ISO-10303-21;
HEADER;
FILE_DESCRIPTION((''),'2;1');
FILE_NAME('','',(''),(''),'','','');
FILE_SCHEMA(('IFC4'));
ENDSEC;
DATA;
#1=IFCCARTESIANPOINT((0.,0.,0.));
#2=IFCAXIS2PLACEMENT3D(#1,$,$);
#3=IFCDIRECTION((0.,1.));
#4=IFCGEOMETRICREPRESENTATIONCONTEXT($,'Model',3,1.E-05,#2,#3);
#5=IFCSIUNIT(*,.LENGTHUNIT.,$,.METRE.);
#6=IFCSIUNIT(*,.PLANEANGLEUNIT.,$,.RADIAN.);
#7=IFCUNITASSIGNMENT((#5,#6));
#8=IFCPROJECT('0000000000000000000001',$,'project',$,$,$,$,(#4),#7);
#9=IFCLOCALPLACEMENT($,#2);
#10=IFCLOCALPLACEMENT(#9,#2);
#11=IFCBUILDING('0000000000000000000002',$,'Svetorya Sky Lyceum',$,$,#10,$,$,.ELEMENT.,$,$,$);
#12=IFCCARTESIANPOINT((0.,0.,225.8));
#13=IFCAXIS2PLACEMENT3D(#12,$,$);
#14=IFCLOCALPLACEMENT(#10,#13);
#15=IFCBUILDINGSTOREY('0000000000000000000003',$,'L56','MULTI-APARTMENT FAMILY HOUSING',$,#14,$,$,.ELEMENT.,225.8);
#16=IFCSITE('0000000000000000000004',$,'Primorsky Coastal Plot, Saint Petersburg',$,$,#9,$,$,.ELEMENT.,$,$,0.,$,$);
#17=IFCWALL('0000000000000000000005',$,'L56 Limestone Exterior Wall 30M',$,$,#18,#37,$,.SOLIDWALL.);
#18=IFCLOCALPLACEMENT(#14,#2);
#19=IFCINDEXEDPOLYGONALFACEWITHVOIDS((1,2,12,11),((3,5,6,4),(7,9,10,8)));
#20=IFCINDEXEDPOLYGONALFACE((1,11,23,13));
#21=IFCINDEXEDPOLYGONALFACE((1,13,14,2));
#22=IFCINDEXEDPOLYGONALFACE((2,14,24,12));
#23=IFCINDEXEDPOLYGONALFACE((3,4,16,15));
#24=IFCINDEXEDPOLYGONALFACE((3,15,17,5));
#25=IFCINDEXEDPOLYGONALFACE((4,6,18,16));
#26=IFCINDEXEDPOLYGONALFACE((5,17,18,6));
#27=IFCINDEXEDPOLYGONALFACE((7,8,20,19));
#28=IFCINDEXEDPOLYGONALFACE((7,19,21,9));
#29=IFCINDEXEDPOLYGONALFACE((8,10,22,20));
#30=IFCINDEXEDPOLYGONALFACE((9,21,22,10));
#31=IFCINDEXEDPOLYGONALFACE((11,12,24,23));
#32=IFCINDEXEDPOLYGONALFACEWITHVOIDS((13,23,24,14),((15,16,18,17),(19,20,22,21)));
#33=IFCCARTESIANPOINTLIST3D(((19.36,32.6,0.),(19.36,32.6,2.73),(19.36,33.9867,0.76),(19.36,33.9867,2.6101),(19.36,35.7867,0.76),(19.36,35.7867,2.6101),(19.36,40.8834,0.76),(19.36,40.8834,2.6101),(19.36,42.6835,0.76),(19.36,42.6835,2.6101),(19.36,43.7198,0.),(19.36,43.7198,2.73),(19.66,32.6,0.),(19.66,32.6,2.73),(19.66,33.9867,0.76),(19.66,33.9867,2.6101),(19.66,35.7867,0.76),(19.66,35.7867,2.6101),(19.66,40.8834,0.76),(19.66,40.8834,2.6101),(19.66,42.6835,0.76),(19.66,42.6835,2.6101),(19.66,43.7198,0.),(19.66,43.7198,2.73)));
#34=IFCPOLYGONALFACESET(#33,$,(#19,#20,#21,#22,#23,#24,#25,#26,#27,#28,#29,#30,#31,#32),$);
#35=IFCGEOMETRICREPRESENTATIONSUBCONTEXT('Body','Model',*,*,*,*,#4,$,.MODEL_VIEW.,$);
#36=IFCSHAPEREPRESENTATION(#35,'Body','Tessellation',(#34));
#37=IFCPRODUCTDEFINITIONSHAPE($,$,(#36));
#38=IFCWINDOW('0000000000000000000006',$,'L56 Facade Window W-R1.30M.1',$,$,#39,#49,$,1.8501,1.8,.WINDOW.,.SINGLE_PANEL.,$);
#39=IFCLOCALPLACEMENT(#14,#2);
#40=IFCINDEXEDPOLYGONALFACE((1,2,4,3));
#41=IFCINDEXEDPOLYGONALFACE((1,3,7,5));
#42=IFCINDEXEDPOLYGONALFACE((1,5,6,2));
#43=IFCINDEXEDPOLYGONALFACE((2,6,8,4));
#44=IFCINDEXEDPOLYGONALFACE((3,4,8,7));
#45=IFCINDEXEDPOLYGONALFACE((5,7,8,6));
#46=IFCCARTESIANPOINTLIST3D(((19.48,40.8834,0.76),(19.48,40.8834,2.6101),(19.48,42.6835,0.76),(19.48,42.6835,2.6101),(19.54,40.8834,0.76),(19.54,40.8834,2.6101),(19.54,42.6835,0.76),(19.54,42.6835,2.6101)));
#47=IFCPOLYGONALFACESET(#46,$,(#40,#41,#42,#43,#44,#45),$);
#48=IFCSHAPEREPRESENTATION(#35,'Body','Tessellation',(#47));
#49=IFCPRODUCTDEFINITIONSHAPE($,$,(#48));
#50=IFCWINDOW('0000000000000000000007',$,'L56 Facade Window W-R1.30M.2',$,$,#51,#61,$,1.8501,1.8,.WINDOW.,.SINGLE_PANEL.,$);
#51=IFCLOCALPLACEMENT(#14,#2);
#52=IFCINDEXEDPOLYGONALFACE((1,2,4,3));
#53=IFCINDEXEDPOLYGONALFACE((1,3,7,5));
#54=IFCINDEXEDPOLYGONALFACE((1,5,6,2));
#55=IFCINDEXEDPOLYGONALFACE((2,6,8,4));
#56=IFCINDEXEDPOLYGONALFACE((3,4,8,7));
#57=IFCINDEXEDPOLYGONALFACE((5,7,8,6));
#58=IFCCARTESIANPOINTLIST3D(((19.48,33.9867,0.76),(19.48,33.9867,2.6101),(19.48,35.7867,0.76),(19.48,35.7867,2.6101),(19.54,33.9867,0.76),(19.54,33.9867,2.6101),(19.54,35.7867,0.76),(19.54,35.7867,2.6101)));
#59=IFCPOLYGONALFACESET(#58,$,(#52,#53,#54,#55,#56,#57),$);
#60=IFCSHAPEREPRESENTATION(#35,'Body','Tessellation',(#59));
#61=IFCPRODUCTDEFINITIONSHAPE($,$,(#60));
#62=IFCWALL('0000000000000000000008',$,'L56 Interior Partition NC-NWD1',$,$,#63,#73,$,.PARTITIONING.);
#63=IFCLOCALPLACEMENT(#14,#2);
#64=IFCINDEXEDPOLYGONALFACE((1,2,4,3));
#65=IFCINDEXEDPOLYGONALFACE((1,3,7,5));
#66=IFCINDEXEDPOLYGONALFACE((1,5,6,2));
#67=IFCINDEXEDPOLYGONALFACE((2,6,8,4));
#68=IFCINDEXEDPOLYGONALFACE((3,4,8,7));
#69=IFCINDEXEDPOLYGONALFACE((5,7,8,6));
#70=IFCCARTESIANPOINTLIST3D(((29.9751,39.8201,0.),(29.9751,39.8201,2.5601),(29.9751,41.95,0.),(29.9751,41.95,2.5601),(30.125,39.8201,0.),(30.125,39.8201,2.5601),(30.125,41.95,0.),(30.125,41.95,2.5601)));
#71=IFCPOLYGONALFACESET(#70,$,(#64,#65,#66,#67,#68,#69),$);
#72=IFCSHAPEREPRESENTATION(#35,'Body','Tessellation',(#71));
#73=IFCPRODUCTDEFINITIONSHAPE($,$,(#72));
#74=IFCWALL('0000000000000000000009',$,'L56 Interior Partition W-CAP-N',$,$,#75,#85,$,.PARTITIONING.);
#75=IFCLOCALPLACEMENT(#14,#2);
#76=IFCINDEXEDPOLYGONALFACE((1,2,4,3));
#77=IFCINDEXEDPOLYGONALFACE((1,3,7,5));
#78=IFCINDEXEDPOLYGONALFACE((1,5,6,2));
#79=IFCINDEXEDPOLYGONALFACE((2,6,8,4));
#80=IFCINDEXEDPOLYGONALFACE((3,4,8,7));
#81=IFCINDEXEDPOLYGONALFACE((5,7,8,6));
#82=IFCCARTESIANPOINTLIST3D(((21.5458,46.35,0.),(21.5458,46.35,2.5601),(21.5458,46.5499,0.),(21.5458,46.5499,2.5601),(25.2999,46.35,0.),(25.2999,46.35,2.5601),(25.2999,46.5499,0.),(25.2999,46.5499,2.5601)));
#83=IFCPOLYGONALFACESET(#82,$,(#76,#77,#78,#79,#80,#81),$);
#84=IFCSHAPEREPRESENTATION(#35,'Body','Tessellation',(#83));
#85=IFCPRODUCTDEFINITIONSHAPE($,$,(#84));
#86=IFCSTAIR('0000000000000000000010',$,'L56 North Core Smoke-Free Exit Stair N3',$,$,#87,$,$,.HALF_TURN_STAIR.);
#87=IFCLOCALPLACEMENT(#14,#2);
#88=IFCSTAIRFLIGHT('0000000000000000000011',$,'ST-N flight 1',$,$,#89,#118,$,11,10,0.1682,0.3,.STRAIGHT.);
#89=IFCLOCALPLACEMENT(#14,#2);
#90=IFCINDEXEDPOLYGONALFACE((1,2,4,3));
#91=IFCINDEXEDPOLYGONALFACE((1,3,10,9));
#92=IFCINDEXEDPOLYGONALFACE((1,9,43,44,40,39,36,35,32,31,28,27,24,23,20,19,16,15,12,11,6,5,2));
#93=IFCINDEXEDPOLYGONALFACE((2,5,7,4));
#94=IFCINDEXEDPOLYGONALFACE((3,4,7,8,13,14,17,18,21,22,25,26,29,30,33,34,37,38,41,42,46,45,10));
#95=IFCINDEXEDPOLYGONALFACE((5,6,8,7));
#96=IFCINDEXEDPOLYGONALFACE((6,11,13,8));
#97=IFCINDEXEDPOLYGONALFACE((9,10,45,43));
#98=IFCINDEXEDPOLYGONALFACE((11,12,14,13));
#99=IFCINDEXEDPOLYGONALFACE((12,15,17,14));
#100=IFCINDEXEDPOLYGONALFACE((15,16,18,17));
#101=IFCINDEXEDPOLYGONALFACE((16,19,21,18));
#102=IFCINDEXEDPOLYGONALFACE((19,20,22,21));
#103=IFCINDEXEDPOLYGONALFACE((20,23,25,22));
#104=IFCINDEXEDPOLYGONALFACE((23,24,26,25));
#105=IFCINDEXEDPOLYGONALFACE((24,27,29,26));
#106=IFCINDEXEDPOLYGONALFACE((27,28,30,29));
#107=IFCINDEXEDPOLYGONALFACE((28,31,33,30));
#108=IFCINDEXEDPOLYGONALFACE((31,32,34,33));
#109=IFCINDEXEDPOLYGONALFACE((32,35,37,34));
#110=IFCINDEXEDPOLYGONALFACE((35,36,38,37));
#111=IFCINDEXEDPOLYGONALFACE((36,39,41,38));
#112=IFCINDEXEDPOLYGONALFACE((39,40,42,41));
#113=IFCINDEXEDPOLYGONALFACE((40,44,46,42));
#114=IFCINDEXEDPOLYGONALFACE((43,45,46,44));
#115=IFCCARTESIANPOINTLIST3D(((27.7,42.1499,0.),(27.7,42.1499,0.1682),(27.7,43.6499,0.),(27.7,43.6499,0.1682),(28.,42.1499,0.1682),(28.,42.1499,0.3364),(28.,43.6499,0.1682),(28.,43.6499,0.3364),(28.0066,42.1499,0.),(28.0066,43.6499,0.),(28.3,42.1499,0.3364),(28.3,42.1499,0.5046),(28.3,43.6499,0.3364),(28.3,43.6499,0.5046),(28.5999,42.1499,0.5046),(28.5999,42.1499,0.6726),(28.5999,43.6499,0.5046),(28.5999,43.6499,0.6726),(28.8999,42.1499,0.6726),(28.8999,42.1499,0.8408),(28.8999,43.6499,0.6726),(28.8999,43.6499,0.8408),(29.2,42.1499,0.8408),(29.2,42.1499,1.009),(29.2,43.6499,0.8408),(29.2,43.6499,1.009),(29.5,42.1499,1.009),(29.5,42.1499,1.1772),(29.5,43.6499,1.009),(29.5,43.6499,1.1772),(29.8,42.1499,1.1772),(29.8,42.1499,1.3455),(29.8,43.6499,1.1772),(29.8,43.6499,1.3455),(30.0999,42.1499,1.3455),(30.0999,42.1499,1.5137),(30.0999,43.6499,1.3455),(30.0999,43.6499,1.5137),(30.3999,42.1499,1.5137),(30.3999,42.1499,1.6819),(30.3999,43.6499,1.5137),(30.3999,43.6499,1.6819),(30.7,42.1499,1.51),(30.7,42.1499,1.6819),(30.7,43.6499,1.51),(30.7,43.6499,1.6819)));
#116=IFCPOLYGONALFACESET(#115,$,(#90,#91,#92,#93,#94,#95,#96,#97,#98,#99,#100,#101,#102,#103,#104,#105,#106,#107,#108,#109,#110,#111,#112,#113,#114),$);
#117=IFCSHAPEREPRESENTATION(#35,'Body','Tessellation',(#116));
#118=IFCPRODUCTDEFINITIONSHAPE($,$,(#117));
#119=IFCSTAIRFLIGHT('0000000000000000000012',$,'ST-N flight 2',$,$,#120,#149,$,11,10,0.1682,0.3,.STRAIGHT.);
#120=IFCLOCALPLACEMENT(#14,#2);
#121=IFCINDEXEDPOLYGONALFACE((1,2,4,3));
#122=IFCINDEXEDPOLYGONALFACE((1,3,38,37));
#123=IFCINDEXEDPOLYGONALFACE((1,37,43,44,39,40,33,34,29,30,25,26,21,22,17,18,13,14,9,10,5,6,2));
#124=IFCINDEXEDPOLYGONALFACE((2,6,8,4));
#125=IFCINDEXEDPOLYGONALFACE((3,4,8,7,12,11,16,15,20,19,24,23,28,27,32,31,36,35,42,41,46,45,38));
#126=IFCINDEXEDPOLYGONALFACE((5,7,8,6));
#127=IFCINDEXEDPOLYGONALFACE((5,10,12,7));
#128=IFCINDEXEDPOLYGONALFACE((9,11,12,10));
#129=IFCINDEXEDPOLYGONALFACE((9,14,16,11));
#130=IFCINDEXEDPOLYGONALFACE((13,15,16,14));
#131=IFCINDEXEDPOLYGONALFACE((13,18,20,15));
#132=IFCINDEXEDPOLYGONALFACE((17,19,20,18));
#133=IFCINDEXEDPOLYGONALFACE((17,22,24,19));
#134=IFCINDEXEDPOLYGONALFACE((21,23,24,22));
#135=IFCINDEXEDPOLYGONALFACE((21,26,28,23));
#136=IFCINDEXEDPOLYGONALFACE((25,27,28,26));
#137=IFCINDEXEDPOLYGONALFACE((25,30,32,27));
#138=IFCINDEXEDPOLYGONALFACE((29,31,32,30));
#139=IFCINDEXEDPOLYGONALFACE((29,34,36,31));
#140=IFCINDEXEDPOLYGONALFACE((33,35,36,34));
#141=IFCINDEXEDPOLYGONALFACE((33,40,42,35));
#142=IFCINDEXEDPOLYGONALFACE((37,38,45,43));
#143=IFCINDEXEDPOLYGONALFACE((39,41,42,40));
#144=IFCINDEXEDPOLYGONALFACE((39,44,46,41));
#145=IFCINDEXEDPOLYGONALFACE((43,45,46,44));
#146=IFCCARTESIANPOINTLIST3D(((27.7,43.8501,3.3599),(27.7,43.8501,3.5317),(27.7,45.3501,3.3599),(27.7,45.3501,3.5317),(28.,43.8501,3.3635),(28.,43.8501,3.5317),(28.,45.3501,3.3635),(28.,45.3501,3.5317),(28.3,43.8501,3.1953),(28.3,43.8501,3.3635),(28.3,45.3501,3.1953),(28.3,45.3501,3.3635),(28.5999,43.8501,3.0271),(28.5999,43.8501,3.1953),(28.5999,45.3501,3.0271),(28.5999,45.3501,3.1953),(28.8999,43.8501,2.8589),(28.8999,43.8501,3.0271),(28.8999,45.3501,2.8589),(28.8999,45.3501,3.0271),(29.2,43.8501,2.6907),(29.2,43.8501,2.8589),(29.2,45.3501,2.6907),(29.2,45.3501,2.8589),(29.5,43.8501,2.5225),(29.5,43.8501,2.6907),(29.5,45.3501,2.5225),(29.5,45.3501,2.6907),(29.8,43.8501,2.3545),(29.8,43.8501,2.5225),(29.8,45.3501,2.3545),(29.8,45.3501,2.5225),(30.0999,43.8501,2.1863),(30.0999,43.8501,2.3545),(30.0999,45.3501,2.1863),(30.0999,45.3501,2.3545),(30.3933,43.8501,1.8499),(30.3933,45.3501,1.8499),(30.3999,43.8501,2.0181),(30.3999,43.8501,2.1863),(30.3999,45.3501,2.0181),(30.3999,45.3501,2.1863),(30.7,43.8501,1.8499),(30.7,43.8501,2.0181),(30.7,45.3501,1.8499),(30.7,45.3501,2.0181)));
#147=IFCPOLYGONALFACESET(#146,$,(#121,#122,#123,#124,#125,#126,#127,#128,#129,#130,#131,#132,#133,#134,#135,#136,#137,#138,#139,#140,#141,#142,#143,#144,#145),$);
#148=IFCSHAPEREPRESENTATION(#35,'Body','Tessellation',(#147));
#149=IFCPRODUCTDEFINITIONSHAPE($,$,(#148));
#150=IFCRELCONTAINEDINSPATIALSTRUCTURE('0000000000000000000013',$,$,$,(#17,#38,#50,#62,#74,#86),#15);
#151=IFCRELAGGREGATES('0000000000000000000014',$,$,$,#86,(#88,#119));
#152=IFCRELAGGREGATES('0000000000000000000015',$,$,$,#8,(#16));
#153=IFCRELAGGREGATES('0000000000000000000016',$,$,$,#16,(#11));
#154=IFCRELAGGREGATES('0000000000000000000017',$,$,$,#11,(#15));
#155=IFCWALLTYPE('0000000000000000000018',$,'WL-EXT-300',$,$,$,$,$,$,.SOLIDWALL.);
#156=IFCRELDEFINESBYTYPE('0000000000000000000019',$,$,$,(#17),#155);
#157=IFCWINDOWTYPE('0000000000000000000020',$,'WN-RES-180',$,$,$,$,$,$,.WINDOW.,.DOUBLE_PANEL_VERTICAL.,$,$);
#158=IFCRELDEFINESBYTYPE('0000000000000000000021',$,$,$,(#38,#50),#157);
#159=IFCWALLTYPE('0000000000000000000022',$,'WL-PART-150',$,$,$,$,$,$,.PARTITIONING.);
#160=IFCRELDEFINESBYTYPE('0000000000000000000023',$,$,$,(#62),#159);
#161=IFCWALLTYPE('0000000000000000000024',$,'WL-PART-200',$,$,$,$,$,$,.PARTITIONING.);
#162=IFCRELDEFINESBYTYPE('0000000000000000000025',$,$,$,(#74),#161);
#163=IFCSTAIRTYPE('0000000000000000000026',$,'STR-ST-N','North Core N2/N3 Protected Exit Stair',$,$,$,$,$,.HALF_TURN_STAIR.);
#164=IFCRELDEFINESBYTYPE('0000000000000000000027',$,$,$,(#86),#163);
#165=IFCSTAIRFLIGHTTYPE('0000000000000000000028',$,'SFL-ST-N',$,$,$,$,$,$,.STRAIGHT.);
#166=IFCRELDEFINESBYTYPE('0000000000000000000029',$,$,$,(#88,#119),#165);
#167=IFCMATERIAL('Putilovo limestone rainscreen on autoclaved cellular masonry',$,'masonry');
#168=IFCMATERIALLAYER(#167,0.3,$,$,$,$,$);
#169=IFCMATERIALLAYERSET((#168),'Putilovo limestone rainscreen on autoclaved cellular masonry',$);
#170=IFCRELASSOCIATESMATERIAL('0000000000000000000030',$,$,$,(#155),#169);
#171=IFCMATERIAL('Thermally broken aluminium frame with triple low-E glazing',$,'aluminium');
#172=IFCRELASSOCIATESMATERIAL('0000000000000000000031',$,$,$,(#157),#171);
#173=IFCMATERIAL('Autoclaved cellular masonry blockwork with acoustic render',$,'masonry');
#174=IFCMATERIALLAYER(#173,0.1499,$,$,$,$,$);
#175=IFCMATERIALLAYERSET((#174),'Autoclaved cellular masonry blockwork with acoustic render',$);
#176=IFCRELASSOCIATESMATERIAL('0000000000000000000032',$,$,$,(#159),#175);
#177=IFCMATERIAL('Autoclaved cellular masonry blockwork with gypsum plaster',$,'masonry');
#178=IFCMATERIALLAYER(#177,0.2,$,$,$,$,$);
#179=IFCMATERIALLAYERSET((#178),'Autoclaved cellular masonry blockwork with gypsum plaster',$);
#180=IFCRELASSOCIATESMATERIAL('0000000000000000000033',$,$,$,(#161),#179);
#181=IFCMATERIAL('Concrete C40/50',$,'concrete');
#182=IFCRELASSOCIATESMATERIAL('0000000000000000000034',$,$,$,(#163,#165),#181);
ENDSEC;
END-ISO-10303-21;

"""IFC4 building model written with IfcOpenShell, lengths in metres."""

from ifc_helpers import new_model, si_unit, direction, frame, frame_2d, origin, place, context, subcontext, project, spatial, polyline, rectangle, outline, extrude, material, layer, layer_set, type_object, element, fill, aggregate, save


model = new_model("IFC4")

# Units and contexts
model_context = context("Model", 3, precision=1e-05, world=origin(), true_north=direction((0.0, 1.0)))
body_context = subcontext(model_context, "Body", "Model", "MODEL_VIEW")
ifc_project = project(units=[si_unit("LENGTHUNIT", "METRE"), si_unit("PLANEANGLEUNIT", "RADIAN")], contexts=[model_context])

# Site, building, storey
site_placement = place(None, origin())
site = spatial("IfcSite", under=ifc_project, at=site_placement, Name="Primorsky Coastal Plot, Saint Petersburg", CompositionType="ELEMENT", RefElevation=0.0)
building_placement = place(site_placement, origin())
building = spatial("IfcBuilding", under=site, at=building_placement, Name="Svetorya Sky Lyceum", CompositionType="ELEMENT")
storey_placement = place(building_placement, frame((0.0, 0.0, 225.8)))
storey = spatial("IfcBuildingStorey", under=building, at=storey_placement, Name="L56", Description="MULTI-APARTMENT FAMILY HOUSING", CompositionType="ELEMENT", Elevation=225.8)

# Shared definitions
ifc_material_1 = material(Name="Putilovo limestone rainscreen on autoclaved cellular masonry", Category="masonry")
ifc_layer_1 = layer(ifc_material_1, 0.3)
ifc_layer_set_1 = layer_set([ifc_layer_1], Name="Putilovo limestone rainscreen on autoclaved cellular masonry")
wall_type_1 = type_object("IfcWallType", Name="WL-EXT-300", PredefinedType="SOLIDWALL", material=ifc_layer_set_1)

# Wall, openings, windows
wall_1_placement = place(storey_placement, frame((19.51, 43.72, 0.0), z_axis=(0.0, 0.0, 1.0), x_axis=(0.0, -1.0, 0.0)))
wall_1 = element("IfcWall", 1, at=wall_1_placement, inside=storey, type_object=wall_type_1, Name="L56 Limestone Exterior Wall 30M", PredefinedType="SOLIDWALL", context=body_context, shape_type="SweptSolid", body=[
    extrude(rectangle(XDim=11.1199, YDim=0.3, at=frame_2d((5.5601, 0.0))), origin(), (0.0, 0.0, 1.0), 2.73),
])
opening_1_placement = place(wall_1_placement, frame((1.0366, 0.0, 0.76)))
opening_1 = element("IfcOpeningElement", 2, at=opening_1_placement, cuts=wall_1, PredefinedType="OPENING", context=body_context, shape_type="SweptSolid", body=[
    extrude(rectangle(XDim=1.8, YDim=1.8501, at=frame_2d((0.8999, 0.925))), frame((0.0, 0.1599, 0.0), z_axis=(0.0, -1.0, 0.0), x_axis=(1.0, 0.0, 0.0)), (0.0, 0.0, 1.0), 0.3201),
])
opening_2_placement = place(wall_1_placement, frame((7.9333, 0.0, 0.76)))
opening_2 = element("IfcOpeningElement", 3, at=opening_2_placement, cuts=wall_1, PredefinedType="OPENING", context=body_context, shape_type="SweptSolid", body=[
    extrude(rectangle(XDim=1.8, YDim=1.8501, at=frame_2d((0.8999, 0.925))), frame((0.0, 0.1599, 0.0), z_axis=(0.0, -1.0, 0.0), x_axis=(1.0, 0.0, 0.0)), (0.0, 0.0, 1.0), 0.3201),
])
ifc_material_2 = material(Name="Thermally broken aluminium frame with triple low-E glazing", Category="aluminium")
window_type = type_object("IfcWindowType", Name="WN-RES-180", PartitioningType="DOUBLE_PANEL_VERTICAL", PredefinedType="WINDOW", material=ifc_material_2)
window_1_placement = place(opening_1_placement, origin())
window_1 = element("IfcWindow", 4, at=window_1_placement, inside=storey, type_object=window_type, Name="L56 Facade Window W-R1.30M.1", OverallHeight=1.8501, OverallWidth=1.8, PartitioningType="SINGLE_PANEL", PredefinedType="WINDOW", context=body_context, shape_type="SweptSolid", body=[
    extrude(rectangle(XDim=1.8, YDim=1.8501, at=frame_2d((0.8999, 0.925))), frame((0.0, 0.03, 0.0), z_axis=(0.0, -1.0, 0.0), x_axis=(1.0, 0.0, 0.0)), (0.0, 0.0, 1.0), 0.0601),
])
fill(opening_1, window_1)
window_2_placement = place(opening_2_placement, origin())
window_2 = element("IfcWindow", 5, at=window_2_placement, inside=storey, type_object=window_type, Name="L56 Facade Window W-R1.30M.2", OverallHeight=1.8501, OverallWidth=1.8, PartitioningType="SINGLE_PANEL", PredefinedType="WINDOW", context=body_context, shape_type="SweptSolid", body=[
    extrude(rectangle(XDim=1.8, YDim=1.8501, at=frame_2d((0.8999, 0.925))), frame((0.0, 0.03, 0.0), z_axis=(0.0, -1.0, 0.0), x_axis=(1.0, 0.0, 0.0)), (0.0, 0.0, 1.0), 0.0601),
])
fill(opening_2, window_2)

# Walls
ifc_material_3 = material(Name="Autoclaved cellular masonry blockwork with acoustic render", Category="masonry")
ifc_layer_2 = layer(ifc_material_3, 0.1499)
ifc_layer_set_2 = layer_set([ifc_layer_2], Name="Autoclaved cellular masonry blockwork with acoustic render")
wall_type_2 = type_object("IfcWallType", Name="WL-PART-150", PredefinedType="PARTITIONING", material=ifc_layer_set_2)
wall_2_placement = place(storey_placement, frame((30.05, 39.8201, 0.0), z_axis=(0.0, 0.0, 1.0), x_axis=(0.0, 1.0, 0.0)))
element("IfcWall", 6, at=wall_2_placement, inside=storey, type_object=wall_type_2, Name="L56 Interior Partition NC-NWD1", PredefinedType="PARTITIONING", context=body_context, shape_type="SweptSolid", body=[
    extrude(rectangle(XDim=2.1299, YDim=0.1499, at=frame_2d((1.0649, 0.0))), origin(), (0.0, 0.0, 1.0), 2.5601),
])
ifc_material_4 = material(Name="Autoclaved cellular masonry blockwork with gypsum plaster", Category="masonry")
ifc_layer_3 = layer(ifc_material_4, 0.2)
ifc_layer_set_3 = layer_set([ifc_layer_3], Name="Autoclaved cellular masonry blockwork with gypsum plaster")
wall_type_3 = type_object("IfcWallType", Name="WL-PART-200", PredefinedType="PARTITIONING", material=ifc_layer_set_3)
wall_3_placement = place(storey_placement, frame((21.5459, 46.45, 0.0), z_axis=(0.0, 0.0, 1.0), x_axis=(1.0, 0.0, 0.0)))
element("IfcWall", 7, at=wall_3_placement, inside=storey, type_object=wall_type_3, Name="L56 Interior Partition W-CAP-N", PredefinedType="PARTITIONING", context=body_context, shape_type="SweptSolid", body=[
    extrude(rectangle(XDim=3.7542, YDim=0.2, at=frame_2d((1.877, 0.0))), origin(), (0.0, 0.0, 1.0), 2.5601),
])

# Stair, stair flights
ifc_material_5 = material(Name="Concrete C40/50", Category="concrete")
stair_type = type_object("IfcStairType", Name="STR-ST-N", Description="North Core N2/N3 Protected Exit Stair", PredefinedType="HALF_TURN_STAIR", material=ifc_material_5)
stair_placement = place(storey_placement, origin())
stair = element("IfcStair", 8, at=stair_placement, inside=storey, type_object=stair_type, Name="L56 North Core Smoke-Free Exit Stair N3", PredefinedType="HALF_TURN_STAIR")
stair_flight_type = type_object("IfcStairFlightType", Name="SFL-ST-N", PredefinedType="STRAIGHT", material=ifc_material_5)
stair_flight_1_placement = place(storey_placement, frame((27.7, 42.8999, 0.0), z_axis=(0.0, 0.0, 1.0), x_axis=(1.0, 0.0, 0.0)))
stair_flight_1 = element("IfcStairFlight", 9, at=stair_flight_1_placement, type_object=stair_flight_type, Name="ST-N flight 1", NumberOfRisers=11, NumberOfTreads=10, PredefinedType="STRAIGHT", RiserHeight=0.1682, TreadLength=0.3, context=body_context, shape_type="SweptSolid", body=[
    extrude(outline(polyline([(0.0, 0.0), (0.0, 0.1682), (0.3, 0.1682), (0.3, 0.3364), (0.6001, 0.3364), (0.6001, 0.5046), (0.8999, 0.5046), (0.8999, 0.6726), (1.2, 0.6726), (1.2, 0.8408), (1.5, 0.8408), (1.5, 1.009), (1.8, 1.009), (1.8, 1.1772), (2.1001, 1.1772), (2.1001, 1.3455), (2.3999, 1.3455), (2.3999, 1.5137), (2.7, 1.5137), (2.7, 1.6819), (3.0, 1.6819), (3.0, 1.8501), (3.0, 1.51), (0.3066, 0.0), (0.0, 0.0)])), frame((0.0, 0.75, 0.0), z_axis=(0.0, -1.0, 0.0), x_axis=(1.0, 0.0, 0.0)), (0.0, 0.0, 1.0), 1.5),
])
stair_flight_2_placement = place(storey_placement, frame((30.7, 44.6001, 1.8499), z_axis=(0.0, 0.0, 1.0), x_axis=(-1.0, 0.0, 0.0)))
stair_flight_2 = element("IfcStairFlight", 10, at=stair_flight_2_placement, type_object=stair_flight_type, Name="ST-N flight 2", NumberOfRisers=11, NumberOfTreads=10, PredefinedType="STRAIGHT", RiserHeight=0.1682, TreadLength=0.3, context=body_context, shape_type="SweptSolid", body=[
    extrude(outline(polyline([(0.0, 0.0), (0.0, 0.1682), (0.3, 0.1682), (0.3, 0.3364), (0.6001, 0.3364), (0.6001, 0.5046), (0.8999, 0.5046), (0.8999, 0.6726), (1.2, 0.6726), (1.2, 0.8408), (1.5, 0.8408), (1.5, 1.009), (1.8, 1.009), (1.8, 1.1772), (2.1001, 1.1772), (2.1001, 1.3455), (2.3999, 1.3455), (2.3999, 1.5137), (2.7, 1.5137), (2.7, 1.6819), (3.0, 1.6819), (3.0, 1.8501), (3.0, 1.51), (0.3066, 0.0), (0.0, 0.0)])), frame((0.0, 0.75, 0.0), z_axis=(0.0, -1.0, 0.0), x_axis=(1.0, 0.0, 0.0)), (0.0, 0.0, 1.0), 1.5),
])
aggregate(stair, [stair_flight_1, stair_flight_2])

save(model, "model.ifc")
